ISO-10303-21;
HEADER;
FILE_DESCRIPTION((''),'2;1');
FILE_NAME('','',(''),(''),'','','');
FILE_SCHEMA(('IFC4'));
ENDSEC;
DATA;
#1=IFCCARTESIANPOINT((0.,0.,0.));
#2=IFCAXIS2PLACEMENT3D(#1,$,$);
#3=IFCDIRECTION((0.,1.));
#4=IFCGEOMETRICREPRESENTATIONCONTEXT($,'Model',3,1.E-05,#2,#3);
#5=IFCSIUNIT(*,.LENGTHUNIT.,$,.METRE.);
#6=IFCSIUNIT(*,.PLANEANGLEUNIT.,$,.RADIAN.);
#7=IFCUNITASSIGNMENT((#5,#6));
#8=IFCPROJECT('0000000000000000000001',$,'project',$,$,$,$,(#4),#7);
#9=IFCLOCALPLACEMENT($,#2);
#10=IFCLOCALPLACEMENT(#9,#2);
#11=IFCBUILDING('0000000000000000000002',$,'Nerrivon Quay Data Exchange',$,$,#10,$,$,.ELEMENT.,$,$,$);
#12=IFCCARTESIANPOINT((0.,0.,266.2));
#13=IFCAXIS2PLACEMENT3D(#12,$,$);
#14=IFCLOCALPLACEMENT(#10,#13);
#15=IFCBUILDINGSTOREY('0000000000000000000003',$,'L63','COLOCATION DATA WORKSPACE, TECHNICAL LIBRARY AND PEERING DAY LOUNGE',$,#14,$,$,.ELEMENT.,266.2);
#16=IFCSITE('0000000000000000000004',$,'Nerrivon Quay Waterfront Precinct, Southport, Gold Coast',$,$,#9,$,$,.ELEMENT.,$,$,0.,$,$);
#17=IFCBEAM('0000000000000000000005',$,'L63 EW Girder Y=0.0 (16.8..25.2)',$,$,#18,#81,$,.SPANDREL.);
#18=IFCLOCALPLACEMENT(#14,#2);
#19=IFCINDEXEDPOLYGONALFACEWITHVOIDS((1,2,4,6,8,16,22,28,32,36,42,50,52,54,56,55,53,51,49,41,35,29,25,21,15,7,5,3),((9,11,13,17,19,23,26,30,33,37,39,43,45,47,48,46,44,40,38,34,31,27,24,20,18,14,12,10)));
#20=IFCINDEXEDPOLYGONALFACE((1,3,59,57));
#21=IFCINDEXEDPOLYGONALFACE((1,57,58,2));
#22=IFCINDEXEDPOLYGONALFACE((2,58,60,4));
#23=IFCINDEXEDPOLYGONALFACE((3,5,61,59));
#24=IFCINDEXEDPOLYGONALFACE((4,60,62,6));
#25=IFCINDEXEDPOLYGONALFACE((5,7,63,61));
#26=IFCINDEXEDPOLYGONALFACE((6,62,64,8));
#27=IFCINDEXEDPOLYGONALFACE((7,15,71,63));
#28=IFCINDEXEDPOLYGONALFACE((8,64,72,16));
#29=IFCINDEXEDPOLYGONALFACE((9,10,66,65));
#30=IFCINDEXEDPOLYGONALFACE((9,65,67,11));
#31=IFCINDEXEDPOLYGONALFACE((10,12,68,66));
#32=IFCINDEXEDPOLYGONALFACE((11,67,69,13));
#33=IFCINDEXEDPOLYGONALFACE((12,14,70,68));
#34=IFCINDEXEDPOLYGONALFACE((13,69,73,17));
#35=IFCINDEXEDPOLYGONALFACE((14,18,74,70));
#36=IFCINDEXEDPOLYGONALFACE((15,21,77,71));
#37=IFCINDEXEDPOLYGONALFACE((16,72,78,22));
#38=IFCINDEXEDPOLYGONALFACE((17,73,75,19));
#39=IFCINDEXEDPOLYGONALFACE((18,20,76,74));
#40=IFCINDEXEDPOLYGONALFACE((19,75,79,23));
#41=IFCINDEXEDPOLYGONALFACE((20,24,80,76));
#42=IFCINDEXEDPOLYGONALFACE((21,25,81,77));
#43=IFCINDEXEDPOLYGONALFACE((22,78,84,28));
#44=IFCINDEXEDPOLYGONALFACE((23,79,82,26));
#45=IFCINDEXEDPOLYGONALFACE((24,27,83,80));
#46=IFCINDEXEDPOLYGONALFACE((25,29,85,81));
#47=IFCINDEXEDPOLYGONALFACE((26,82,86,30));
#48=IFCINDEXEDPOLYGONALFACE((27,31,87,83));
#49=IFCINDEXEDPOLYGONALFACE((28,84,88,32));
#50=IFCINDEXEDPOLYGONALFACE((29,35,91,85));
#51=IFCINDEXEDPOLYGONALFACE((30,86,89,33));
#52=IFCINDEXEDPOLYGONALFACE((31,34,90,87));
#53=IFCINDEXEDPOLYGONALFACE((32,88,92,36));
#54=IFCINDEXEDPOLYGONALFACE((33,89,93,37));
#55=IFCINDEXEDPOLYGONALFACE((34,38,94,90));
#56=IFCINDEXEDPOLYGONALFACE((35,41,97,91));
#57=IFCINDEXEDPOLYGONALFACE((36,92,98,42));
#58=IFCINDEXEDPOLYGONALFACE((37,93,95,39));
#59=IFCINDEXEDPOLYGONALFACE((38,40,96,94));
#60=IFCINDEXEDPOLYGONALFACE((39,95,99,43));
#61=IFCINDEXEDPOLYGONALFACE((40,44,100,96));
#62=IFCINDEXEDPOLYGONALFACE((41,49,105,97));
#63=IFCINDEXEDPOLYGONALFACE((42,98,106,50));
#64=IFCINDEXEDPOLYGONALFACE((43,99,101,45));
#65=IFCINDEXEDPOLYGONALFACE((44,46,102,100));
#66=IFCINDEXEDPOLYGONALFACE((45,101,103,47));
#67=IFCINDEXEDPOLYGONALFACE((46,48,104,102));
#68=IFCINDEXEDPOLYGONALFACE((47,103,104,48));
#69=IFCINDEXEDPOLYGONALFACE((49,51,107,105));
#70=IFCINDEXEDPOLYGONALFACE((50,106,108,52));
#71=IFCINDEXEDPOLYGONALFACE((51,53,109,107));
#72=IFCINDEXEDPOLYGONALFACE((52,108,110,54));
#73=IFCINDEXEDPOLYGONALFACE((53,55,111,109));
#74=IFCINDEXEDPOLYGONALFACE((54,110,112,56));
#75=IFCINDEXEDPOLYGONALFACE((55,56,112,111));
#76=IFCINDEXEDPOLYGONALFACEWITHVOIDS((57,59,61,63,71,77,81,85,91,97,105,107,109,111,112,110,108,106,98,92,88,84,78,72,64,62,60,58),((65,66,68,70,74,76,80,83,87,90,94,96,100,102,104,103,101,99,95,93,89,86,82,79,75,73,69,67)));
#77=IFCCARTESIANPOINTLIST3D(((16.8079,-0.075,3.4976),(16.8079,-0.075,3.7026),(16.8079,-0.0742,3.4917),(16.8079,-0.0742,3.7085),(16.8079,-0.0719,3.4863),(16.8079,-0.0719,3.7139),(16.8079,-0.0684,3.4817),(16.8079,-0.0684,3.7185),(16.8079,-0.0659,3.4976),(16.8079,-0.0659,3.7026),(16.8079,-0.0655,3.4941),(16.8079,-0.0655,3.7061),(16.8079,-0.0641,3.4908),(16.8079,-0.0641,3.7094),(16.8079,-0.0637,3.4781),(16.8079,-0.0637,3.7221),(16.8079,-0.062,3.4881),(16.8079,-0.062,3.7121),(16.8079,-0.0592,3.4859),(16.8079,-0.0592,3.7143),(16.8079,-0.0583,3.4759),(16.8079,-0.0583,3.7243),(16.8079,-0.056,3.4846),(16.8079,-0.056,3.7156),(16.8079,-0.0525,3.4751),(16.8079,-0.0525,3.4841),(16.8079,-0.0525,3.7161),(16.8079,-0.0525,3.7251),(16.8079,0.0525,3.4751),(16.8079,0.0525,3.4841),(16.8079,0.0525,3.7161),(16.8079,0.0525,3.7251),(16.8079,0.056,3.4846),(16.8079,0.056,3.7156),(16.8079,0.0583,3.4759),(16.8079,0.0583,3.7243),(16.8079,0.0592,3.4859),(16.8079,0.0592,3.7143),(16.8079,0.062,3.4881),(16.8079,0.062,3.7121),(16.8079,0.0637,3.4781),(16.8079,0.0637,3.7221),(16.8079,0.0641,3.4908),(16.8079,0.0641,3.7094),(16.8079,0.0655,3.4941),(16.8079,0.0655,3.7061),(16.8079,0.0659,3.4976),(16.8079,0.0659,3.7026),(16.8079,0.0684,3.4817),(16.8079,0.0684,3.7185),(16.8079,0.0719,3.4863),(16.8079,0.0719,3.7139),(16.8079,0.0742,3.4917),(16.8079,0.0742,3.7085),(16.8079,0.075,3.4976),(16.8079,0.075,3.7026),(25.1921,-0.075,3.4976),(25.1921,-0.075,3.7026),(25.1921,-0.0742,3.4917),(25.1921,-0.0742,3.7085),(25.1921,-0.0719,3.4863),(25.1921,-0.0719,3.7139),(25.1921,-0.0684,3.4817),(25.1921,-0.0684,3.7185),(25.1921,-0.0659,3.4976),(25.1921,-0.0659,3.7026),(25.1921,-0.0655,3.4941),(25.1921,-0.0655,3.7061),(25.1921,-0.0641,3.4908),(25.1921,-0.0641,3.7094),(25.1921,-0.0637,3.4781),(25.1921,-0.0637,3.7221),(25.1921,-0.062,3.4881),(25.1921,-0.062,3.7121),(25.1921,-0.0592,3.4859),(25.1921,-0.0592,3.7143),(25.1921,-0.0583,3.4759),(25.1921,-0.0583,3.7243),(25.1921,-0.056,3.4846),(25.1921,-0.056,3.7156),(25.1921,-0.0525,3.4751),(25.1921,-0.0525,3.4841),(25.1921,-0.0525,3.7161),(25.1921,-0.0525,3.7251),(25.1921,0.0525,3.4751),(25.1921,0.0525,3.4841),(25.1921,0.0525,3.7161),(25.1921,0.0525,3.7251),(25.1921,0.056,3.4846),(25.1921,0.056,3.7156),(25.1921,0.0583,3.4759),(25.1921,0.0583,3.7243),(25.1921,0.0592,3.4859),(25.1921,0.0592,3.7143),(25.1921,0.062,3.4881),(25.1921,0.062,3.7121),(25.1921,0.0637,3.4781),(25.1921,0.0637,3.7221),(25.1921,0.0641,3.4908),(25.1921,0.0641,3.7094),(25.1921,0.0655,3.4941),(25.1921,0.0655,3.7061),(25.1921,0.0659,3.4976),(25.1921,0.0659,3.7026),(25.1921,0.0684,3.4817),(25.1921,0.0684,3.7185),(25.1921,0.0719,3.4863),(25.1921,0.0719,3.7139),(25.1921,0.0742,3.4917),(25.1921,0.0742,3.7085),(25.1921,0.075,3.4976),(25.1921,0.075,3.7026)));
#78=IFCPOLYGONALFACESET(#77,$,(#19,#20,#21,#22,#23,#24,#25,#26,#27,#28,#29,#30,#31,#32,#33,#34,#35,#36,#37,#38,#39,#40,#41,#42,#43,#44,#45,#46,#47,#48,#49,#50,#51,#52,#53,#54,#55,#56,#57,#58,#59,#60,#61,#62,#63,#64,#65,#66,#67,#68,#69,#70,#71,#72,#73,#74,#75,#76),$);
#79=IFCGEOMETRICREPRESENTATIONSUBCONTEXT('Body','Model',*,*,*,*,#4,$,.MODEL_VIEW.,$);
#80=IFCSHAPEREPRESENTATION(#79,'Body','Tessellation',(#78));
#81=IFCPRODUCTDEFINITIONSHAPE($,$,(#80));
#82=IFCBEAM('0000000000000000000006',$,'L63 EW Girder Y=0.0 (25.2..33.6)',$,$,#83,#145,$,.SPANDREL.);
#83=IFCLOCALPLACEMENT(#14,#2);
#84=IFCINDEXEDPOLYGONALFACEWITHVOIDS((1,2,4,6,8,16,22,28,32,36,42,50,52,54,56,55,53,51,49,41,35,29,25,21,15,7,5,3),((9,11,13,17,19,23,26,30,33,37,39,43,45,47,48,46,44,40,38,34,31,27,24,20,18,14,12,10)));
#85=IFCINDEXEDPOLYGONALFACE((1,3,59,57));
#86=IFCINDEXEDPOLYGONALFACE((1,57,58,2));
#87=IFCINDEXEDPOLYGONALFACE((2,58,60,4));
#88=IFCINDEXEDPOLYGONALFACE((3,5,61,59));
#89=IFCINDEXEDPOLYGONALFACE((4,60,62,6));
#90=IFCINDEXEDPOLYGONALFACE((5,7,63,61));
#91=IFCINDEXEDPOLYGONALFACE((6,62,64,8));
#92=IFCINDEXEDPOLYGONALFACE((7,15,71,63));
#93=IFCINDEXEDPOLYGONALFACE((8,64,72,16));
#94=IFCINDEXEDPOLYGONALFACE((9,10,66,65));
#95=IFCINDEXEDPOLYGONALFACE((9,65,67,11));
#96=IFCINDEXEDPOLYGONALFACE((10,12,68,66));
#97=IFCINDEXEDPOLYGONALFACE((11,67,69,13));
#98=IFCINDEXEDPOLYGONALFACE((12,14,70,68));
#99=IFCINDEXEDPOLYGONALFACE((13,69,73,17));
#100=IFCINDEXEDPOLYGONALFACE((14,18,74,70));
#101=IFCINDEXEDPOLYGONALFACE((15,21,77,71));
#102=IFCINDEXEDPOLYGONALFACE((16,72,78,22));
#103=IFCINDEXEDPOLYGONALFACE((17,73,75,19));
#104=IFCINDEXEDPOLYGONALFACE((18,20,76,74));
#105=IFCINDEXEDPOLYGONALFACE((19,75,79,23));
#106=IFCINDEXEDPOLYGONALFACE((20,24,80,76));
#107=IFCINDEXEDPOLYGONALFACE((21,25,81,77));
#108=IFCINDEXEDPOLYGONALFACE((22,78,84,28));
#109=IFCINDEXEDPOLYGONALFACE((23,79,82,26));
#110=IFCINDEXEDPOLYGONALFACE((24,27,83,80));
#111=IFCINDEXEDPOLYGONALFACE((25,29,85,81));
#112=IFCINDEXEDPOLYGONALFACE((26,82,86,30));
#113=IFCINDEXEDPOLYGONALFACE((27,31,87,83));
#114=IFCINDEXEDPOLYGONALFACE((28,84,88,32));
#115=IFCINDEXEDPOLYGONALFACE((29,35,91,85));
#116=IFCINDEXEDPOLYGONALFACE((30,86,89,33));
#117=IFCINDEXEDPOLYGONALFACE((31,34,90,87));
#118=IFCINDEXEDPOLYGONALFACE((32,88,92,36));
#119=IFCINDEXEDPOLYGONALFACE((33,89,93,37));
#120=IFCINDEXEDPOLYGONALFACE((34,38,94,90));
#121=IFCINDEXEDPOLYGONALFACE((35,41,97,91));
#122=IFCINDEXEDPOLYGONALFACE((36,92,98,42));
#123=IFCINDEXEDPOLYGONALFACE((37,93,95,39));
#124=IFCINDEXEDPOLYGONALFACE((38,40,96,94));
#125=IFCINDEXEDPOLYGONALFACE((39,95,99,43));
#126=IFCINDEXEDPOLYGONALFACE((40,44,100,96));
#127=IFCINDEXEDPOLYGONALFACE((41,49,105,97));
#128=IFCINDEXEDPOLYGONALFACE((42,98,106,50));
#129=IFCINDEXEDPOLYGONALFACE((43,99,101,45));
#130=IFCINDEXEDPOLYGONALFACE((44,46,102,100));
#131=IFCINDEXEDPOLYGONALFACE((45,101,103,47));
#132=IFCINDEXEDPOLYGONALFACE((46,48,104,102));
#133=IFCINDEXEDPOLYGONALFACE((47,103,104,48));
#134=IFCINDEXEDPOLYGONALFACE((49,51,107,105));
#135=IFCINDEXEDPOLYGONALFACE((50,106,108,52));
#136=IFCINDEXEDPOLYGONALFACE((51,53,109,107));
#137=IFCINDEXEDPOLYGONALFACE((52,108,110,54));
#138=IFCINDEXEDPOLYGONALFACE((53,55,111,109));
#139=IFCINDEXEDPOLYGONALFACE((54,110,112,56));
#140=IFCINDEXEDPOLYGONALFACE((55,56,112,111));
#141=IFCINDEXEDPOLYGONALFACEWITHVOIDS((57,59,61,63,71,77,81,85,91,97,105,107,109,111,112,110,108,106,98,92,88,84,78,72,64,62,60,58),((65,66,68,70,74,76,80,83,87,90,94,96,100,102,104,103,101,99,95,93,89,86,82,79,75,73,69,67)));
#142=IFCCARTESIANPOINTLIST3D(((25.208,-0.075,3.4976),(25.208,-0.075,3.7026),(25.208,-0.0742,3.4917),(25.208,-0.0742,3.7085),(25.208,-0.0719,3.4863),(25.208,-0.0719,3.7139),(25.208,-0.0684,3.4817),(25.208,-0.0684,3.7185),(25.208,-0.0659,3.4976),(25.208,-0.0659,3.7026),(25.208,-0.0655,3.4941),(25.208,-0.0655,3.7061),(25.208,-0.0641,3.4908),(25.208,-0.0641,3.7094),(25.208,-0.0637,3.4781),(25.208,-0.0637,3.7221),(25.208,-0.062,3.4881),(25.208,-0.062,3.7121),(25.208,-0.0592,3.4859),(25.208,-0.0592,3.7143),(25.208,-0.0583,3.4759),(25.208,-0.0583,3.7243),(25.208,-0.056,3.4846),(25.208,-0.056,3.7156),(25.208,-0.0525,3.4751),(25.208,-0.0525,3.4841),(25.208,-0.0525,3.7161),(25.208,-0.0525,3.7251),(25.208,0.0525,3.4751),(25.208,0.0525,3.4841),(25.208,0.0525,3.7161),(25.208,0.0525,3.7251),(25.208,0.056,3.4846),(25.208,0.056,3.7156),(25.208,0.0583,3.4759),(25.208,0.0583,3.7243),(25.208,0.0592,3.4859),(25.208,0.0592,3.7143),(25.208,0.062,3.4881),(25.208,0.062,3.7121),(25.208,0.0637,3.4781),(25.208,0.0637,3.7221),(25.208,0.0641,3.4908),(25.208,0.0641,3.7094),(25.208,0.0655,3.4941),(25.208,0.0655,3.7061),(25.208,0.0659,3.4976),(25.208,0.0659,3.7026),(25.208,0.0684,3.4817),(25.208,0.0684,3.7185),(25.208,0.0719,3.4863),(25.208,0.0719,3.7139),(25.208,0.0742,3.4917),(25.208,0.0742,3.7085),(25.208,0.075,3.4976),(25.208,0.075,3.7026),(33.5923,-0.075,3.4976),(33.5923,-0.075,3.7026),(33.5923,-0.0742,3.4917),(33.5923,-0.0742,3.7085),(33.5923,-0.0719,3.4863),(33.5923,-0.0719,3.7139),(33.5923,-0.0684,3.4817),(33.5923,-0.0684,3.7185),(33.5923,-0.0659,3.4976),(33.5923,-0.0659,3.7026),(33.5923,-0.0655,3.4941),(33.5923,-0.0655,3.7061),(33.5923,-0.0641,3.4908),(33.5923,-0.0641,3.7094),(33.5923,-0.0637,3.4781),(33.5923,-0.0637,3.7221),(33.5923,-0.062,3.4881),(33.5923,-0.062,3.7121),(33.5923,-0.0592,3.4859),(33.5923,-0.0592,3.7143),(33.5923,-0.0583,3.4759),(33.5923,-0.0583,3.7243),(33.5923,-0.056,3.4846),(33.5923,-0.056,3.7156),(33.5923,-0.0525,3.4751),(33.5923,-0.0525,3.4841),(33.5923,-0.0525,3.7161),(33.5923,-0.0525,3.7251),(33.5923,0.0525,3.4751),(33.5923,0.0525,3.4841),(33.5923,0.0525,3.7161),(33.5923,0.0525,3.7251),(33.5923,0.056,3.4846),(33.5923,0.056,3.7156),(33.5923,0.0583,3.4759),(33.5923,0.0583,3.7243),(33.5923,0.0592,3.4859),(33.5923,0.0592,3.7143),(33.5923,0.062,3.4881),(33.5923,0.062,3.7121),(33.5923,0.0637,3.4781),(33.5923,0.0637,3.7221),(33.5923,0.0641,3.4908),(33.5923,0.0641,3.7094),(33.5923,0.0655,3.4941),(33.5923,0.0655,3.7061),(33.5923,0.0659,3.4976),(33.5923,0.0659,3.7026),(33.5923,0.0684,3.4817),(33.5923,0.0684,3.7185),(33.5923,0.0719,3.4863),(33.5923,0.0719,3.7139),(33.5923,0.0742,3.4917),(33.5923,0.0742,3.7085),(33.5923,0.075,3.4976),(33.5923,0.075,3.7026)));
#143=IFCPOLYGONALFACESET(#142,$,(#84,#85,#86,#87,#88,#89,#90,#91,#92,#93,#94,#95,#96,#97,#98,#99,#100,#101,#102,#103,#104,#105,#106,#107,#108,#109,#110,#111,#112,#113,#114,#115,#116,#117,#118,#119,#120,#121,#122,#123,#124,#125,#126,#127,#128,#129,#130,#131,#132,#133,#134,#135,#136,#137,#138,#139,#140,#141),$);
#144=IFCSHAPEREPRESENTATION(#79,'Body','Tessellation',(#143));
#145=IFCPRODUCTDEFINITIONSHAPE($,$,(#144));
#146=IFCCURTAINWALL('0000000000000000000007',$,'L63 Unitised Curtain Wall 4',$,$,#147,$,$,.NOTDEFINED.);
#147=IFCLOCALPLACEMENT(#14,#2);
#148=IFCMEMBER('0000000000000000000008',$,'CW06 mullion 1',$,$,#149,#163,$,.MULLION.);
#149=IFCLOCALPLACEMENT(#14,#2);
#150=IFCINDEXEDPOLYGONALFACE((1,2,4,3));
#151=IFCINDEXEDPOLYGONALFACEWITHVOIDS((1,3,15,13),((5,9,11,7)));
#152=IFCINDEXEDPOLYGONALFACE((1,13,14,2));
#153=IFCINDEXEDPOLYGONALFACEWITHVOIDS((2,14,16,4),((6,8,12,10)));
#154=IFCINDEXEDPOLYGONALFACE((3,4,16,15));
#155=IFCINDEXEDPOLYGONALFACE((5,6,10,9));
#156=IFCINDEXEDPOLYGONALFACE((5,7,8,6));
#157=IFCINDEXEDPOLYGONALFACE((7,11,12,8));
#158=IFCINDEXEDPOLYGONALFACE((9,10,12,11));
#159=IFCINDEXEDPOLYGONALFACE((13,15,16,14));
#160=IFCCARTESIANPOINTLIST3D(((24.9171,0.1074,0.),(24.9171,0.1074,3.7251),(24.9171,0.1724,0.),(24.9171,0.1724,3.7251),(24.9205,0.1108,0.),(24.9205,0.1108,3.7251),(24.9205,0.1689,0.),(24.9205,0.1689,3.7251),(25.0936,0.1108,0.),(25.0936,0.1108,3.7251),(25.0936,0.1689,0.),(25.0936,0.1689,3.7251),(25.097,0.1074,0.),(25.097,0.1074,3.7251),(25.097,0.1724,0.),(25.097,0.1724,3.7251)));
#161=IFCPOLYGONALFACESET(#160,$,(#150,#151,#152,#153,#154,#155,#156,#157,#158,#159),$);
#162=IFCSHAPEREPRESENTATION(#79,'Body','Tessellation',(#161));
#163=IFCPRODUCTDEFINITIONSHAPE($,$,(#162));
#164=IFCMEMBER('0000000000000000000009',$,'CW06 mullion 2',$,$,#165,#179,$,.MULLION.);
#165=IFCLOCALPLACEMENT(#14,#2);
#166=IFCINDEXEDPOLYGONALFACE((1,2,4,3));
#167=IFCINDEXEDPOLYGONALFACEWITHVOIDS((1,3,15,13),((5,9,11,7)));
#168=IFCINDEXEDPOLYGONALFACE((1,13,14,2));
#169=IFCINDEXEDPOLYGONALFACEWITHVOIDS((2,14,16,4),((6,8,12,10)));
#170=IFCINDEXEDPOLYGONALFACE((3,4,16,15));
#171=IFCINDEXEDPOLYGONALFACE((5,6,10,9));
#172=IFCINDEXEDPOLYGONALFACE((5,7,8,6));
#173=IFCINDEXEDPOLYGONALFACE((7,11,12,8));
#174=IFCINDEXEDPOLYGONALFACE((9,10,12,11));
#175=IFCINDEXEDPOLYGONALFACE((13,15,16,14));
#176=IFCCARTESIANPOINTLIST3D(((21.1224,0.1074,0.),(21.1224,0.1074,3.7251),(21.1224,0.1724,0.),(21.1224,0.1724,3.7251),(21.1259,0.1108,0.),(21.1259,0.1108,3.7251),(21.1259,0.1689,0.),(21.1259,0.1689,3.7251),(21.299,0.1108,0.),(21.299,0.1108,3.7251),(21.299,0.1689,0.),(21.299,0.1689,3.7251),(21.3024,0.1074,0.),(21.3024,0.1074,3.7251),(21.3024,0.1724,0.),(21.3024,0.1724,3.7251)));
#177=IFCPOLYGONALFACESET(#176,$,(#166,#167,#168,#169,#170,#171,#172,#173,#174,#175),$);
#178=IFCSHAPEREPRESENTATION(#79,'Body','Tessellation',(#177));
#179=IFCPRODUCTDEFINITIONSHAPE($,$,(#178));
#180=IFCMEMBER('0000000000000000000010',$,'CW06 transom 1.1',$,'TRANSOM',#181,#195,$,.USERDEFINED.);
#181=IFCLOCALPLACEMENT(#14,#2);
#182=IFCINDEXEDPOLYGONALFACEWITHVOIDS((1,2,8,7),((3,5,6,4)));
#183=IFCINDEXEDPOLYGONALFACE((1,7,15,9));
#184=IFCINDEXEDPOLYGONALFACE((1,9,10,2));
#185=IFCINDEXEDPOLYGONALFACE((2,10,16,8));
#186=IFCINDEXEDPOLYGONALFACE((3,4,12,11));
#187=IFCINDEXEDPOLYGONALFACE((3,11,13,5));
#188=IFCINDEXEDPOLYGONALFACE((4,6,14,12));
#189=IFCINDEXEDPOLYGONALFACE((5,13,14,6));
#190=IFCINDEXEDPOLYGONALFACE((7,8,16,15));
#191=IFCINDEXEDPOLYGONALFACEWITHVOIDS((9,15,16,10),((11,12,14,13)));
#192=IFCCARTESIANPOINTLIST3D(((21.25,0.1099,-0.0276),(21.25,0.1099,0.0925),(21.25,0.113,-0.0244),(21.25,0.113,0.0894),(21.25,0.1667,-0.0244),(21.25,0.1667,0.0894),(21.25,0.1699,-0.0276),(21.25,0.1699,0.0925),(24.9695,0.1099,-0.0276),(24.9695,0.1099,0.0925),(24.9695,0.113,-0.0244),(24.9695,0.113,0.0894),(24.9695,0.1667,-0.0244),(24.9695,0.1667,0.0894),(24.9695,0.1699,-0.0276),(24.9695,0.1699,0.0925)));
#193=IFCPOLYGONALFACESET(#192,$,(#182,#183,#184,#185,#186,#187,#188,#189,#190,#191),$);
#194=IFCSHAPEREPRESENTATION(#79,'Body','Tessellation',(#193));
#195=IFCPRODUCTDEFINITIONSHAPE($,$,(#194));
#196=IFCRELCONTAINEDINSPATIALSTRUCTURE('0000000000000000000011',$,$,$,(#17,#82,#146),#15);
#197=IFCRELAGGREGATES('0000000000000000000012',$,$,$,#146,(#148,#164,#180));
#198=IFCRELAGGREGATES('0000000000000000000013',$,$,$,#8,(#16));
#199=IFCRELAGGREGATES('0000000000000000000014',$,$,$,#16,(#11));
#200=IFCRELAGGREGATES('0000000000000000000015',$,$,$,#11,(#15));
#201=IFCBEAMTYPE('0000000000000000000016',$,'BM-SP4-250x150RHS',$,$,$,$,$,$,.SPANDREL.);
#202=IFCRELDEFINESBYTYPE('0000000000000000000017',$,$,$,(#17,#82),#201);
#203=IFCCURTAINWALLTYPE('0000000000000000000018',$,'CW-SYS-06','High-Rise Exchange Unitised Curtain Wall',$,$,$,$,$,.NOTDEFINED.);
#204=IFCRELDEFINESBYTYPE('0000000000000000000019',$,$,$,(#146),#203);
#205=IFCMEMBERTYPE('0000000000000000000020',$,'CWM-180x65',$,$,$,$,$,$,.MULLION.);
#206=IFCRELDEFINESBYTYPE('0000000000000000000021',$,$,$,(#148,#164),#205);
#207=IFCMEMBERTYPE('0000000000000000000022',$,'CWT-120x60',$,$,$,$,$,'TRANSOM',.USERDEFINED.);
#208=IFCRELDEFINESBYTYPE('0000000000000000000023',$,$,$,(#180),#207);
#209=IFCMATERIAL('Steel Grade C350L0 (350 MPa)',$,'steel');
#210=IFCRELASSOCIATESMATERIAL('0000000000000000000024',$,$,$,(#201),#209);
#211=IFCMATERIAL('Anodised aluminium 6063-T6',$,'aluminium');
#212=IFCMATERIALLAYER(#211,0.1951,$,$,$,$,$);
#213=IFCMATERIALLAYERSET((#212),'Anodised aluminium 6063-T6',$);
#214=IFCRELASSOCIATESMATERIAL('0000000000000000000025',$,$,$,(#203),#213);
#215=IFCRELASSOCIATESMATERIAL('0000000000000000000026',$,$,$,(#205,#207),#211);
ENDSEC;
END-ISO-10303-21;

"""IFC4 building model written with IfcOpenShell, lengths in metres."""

from ifc_helpers import new_model, si_unit, direction, frame, origin, origin_2d, place, context, subcontext, project, spatial, hollow_rectangle, extrude, material, layer, layer_set, material_profile, profile_set, type_object, element, aggregate, save


model = new_model("IFC4")

# Units and contexts
model_context = context("Model", 3, precision=1e-05, world=origin(), true_north=direction((0.0, 1.0)))
body_context = subcontext(model_context, "Body", "Model", "MODEL_VIEW")
ifc_project = project(units=[si_unit("LENGTHUNIT", "METRE"), si_unit("PLANEANGLEUNIT", "RADIAN")], contexts=[model_context])

# Site, building, storey
site_placement = place(None, origin())
site = spatial("IfcSite", under=ifc_project, at=site_placement, Name="Nerrivon Quay Waterfront Precinct, Southport, Gold Coast", CompositionType="ELEMENT", RefElevation=0.0)
building_placement = place(site_placement, origin())
building = spatial("IfcBuilding", under=site, at=building_placement, Name="Nerrivon Quay Data Exchange", CompositionType="ELEMENT")
storey_placement = place(building_placement, frame((0.0, 0.0, 266.2)))
storey = spatial("IfcBuildingStorey", under=building, at=storey_placement, Name="L63", Description="COLOCATION DATA WORKSPACE, TECHNICAL LIBRARY AND PEERING DAY LOUNGE", CompositionType="ELEMENT", Elevation=266.2)

# Beams
ifc_material_1 = material(Name="Steel Grade C350L0 (350 MPa)", Category="steel")
ifc_material_profile_1 = material_profile(ifc_material_1, hollow_rectangle(XDim=0.1499, YDim=0.25, WallThickness=0.009, InnerFilletRadius=0.0134, OuterFilletRadius=0.0225, at=origin_2d()), Name="250x150x9.0RHS")
ifc_profile_set_1 = profile_set([ifc_material_profile_1], Name="Steel Grade C350L0 (350 MPa)")
beam_type_1 = type_object("IfcBeamType", Name="BM-SP4-250x150RHS", PredefinedType="SPANDREL", material=ifc_profile_set_1)
for number, where, z_axis, x_axis, name in (
    (1, (16.8079, 0.0, 3.6001), (1.0, 0.0, 0.0), (0.0, 1.0, 0.0), "L63 EW Girder Y=0.0 (16.8..25.2)"),
    (2, (25.208, 0.0, 3.6001), (1.0, 0.0, 0.0), (0.0, 1.0, 0.0), "L63 EW Girder Y=0.0 (25.2..33.6)"),
):
    element("IfcBeam", number, at=place(storey_placement, frame(where, z_axis=z_axis, x_axis=x_axis)), inside=storey, type_object=beam_type_1, Name=name, PredefinedType="SPANDREL", context=body_context, shape_type="SweptSolid", body=[
        extrude(hollow_rectangle(XDim=0.1499, YDim=0.25, WallThickness=0.009, InnerFilletRadius=0.0134, OuterFilletRadius=0.0225, at=origin_2d()), origin(), (0.0, 0.0, 1.0), 8.3843),
    ])

# Curtain wall, members
ifc_material_2 = material(Name="Anodised aluminium 6063-T6", Category="aluminium")
ifc_layer_1 = layer(ifc_material_2, 0.1951)
ifc_layer_set_1 = layer_set([ifc_layer_1], Name="Anodised aluminium 6063-T6")
curtain_wall_type = type_object("IfcCurtainWallType", Name="CW-SYS-06", Description="High-Rise Exchange Unitised Curtain Wall", PredefinedType="NOTDEFINED", material=ifc_layer_set_1)
curtain_wall_placement = place(storey_placement, origin())
curtain_wall = element("IfcCurtainWall", 3, at=curtain_wall_placement, inside=storey, type_object=curtain_wall_type, Name="L63 Unitised Curtain Wall 4", PredefinedType="NOTDEFINED")
ifc_material_profile_2 = material_profile(ifc_material_2, hollow_rectangle(XDim=0.0649, YDim=0.1799, WallThickness=0.0034, at=origin_2d()), Name="ALU-MULL-180x65")
ifc_profile_set_2 = profile_set([ifc_material_profile_2], Name="Anodised aluminium 6063-T6")
member_type_1 = type_object("IfcMemberType", Name="CWM-180x65", PredefinedType="MULLION", material=ifc_profile_set_2)
member_1_placement = place(storey_placement, frame((25.0071, 0.1399, 0.0), z_axis=(0.0, 0.0, 1.0), x_axis=(0.0, -1.0, 0.0)))
member_1 = element("IfcMember", 4, at=member_1_placement, type_object=member_type_1, Name="CW06 mullion 1", PredefinedType="MULLION", context=body_context, shape_type="SweptSolid", body=[
    extrude(hollow_rectangle(XDim=0.0649, YDim=0.1799, WallThickness=0.0034, at=origin_2d()), origin(), (0.0, 0.0, 1.0), 3.7251),
])
member_2_placement = place(storey_placement, frame((21.2124, 0.1399, 0.0), z_axis=(0.0, 0.0, 1.0), x_axis=(0.0, -1.0, 0.0)))
member_2 = element("IfcMember", 5, at=member_2_placement, type_object=member_type_1, Name="CW06 mullion 2", PredefinedType="MULLION", context=body_context, shape_type="SweptSolid", body=[
    extrude(hollow_rectangle(XDim=0.0649, YDim=0.1799, WallThickness=0.0034, at=origin_2d()), origin(), (0.0, 0.0, 1.0), 3.7251),
])
ifc_material_profile_3 = material_profile(ifc_material_2, hollow_rectangle(XDim=0.0601, YDim=0.1201, WallThickness=0.0032, at=origin_2d()), Name="ALU-TRAN-120x60")
ifc_profile_set_3 = profile_set([ifc_material_profile_3], Name="Anodised aluminium 6063-T6")
member_type_2 = type_object("IfcMemberType", Name="CWT-120x60", ElementType="TRANSOM", PredefinedType="USERDEFINED", material=ifc_profile_set_3)
member_3_placement = place(storey_placement, frame((24.9695, 0.1399, 0.0325), z_axis=(-1.0, 0.0, 0.0), x_axis=(0.0, -1.0, 0.0)))
member_3 = element("IfcMember", 6, at=member_3_placement, type_object=member_type_2, Name="CW06 transom 1.1", ObjectType="TRANSOM", PredefinedType="USERDEFINED", context=body_context, shape_type="SweptSolid", body=[
    extrude(hollow_rectangle(XDim=0.0601, YDim=0.1201, WallThickness=0.0032, at=origin_2d()), origin(), (0.0, 0.0, 1.0), 3.7195),
])
aggregate(curtain_wall, [member_1, member_2, member_3])

save(model, "model.ifc")
